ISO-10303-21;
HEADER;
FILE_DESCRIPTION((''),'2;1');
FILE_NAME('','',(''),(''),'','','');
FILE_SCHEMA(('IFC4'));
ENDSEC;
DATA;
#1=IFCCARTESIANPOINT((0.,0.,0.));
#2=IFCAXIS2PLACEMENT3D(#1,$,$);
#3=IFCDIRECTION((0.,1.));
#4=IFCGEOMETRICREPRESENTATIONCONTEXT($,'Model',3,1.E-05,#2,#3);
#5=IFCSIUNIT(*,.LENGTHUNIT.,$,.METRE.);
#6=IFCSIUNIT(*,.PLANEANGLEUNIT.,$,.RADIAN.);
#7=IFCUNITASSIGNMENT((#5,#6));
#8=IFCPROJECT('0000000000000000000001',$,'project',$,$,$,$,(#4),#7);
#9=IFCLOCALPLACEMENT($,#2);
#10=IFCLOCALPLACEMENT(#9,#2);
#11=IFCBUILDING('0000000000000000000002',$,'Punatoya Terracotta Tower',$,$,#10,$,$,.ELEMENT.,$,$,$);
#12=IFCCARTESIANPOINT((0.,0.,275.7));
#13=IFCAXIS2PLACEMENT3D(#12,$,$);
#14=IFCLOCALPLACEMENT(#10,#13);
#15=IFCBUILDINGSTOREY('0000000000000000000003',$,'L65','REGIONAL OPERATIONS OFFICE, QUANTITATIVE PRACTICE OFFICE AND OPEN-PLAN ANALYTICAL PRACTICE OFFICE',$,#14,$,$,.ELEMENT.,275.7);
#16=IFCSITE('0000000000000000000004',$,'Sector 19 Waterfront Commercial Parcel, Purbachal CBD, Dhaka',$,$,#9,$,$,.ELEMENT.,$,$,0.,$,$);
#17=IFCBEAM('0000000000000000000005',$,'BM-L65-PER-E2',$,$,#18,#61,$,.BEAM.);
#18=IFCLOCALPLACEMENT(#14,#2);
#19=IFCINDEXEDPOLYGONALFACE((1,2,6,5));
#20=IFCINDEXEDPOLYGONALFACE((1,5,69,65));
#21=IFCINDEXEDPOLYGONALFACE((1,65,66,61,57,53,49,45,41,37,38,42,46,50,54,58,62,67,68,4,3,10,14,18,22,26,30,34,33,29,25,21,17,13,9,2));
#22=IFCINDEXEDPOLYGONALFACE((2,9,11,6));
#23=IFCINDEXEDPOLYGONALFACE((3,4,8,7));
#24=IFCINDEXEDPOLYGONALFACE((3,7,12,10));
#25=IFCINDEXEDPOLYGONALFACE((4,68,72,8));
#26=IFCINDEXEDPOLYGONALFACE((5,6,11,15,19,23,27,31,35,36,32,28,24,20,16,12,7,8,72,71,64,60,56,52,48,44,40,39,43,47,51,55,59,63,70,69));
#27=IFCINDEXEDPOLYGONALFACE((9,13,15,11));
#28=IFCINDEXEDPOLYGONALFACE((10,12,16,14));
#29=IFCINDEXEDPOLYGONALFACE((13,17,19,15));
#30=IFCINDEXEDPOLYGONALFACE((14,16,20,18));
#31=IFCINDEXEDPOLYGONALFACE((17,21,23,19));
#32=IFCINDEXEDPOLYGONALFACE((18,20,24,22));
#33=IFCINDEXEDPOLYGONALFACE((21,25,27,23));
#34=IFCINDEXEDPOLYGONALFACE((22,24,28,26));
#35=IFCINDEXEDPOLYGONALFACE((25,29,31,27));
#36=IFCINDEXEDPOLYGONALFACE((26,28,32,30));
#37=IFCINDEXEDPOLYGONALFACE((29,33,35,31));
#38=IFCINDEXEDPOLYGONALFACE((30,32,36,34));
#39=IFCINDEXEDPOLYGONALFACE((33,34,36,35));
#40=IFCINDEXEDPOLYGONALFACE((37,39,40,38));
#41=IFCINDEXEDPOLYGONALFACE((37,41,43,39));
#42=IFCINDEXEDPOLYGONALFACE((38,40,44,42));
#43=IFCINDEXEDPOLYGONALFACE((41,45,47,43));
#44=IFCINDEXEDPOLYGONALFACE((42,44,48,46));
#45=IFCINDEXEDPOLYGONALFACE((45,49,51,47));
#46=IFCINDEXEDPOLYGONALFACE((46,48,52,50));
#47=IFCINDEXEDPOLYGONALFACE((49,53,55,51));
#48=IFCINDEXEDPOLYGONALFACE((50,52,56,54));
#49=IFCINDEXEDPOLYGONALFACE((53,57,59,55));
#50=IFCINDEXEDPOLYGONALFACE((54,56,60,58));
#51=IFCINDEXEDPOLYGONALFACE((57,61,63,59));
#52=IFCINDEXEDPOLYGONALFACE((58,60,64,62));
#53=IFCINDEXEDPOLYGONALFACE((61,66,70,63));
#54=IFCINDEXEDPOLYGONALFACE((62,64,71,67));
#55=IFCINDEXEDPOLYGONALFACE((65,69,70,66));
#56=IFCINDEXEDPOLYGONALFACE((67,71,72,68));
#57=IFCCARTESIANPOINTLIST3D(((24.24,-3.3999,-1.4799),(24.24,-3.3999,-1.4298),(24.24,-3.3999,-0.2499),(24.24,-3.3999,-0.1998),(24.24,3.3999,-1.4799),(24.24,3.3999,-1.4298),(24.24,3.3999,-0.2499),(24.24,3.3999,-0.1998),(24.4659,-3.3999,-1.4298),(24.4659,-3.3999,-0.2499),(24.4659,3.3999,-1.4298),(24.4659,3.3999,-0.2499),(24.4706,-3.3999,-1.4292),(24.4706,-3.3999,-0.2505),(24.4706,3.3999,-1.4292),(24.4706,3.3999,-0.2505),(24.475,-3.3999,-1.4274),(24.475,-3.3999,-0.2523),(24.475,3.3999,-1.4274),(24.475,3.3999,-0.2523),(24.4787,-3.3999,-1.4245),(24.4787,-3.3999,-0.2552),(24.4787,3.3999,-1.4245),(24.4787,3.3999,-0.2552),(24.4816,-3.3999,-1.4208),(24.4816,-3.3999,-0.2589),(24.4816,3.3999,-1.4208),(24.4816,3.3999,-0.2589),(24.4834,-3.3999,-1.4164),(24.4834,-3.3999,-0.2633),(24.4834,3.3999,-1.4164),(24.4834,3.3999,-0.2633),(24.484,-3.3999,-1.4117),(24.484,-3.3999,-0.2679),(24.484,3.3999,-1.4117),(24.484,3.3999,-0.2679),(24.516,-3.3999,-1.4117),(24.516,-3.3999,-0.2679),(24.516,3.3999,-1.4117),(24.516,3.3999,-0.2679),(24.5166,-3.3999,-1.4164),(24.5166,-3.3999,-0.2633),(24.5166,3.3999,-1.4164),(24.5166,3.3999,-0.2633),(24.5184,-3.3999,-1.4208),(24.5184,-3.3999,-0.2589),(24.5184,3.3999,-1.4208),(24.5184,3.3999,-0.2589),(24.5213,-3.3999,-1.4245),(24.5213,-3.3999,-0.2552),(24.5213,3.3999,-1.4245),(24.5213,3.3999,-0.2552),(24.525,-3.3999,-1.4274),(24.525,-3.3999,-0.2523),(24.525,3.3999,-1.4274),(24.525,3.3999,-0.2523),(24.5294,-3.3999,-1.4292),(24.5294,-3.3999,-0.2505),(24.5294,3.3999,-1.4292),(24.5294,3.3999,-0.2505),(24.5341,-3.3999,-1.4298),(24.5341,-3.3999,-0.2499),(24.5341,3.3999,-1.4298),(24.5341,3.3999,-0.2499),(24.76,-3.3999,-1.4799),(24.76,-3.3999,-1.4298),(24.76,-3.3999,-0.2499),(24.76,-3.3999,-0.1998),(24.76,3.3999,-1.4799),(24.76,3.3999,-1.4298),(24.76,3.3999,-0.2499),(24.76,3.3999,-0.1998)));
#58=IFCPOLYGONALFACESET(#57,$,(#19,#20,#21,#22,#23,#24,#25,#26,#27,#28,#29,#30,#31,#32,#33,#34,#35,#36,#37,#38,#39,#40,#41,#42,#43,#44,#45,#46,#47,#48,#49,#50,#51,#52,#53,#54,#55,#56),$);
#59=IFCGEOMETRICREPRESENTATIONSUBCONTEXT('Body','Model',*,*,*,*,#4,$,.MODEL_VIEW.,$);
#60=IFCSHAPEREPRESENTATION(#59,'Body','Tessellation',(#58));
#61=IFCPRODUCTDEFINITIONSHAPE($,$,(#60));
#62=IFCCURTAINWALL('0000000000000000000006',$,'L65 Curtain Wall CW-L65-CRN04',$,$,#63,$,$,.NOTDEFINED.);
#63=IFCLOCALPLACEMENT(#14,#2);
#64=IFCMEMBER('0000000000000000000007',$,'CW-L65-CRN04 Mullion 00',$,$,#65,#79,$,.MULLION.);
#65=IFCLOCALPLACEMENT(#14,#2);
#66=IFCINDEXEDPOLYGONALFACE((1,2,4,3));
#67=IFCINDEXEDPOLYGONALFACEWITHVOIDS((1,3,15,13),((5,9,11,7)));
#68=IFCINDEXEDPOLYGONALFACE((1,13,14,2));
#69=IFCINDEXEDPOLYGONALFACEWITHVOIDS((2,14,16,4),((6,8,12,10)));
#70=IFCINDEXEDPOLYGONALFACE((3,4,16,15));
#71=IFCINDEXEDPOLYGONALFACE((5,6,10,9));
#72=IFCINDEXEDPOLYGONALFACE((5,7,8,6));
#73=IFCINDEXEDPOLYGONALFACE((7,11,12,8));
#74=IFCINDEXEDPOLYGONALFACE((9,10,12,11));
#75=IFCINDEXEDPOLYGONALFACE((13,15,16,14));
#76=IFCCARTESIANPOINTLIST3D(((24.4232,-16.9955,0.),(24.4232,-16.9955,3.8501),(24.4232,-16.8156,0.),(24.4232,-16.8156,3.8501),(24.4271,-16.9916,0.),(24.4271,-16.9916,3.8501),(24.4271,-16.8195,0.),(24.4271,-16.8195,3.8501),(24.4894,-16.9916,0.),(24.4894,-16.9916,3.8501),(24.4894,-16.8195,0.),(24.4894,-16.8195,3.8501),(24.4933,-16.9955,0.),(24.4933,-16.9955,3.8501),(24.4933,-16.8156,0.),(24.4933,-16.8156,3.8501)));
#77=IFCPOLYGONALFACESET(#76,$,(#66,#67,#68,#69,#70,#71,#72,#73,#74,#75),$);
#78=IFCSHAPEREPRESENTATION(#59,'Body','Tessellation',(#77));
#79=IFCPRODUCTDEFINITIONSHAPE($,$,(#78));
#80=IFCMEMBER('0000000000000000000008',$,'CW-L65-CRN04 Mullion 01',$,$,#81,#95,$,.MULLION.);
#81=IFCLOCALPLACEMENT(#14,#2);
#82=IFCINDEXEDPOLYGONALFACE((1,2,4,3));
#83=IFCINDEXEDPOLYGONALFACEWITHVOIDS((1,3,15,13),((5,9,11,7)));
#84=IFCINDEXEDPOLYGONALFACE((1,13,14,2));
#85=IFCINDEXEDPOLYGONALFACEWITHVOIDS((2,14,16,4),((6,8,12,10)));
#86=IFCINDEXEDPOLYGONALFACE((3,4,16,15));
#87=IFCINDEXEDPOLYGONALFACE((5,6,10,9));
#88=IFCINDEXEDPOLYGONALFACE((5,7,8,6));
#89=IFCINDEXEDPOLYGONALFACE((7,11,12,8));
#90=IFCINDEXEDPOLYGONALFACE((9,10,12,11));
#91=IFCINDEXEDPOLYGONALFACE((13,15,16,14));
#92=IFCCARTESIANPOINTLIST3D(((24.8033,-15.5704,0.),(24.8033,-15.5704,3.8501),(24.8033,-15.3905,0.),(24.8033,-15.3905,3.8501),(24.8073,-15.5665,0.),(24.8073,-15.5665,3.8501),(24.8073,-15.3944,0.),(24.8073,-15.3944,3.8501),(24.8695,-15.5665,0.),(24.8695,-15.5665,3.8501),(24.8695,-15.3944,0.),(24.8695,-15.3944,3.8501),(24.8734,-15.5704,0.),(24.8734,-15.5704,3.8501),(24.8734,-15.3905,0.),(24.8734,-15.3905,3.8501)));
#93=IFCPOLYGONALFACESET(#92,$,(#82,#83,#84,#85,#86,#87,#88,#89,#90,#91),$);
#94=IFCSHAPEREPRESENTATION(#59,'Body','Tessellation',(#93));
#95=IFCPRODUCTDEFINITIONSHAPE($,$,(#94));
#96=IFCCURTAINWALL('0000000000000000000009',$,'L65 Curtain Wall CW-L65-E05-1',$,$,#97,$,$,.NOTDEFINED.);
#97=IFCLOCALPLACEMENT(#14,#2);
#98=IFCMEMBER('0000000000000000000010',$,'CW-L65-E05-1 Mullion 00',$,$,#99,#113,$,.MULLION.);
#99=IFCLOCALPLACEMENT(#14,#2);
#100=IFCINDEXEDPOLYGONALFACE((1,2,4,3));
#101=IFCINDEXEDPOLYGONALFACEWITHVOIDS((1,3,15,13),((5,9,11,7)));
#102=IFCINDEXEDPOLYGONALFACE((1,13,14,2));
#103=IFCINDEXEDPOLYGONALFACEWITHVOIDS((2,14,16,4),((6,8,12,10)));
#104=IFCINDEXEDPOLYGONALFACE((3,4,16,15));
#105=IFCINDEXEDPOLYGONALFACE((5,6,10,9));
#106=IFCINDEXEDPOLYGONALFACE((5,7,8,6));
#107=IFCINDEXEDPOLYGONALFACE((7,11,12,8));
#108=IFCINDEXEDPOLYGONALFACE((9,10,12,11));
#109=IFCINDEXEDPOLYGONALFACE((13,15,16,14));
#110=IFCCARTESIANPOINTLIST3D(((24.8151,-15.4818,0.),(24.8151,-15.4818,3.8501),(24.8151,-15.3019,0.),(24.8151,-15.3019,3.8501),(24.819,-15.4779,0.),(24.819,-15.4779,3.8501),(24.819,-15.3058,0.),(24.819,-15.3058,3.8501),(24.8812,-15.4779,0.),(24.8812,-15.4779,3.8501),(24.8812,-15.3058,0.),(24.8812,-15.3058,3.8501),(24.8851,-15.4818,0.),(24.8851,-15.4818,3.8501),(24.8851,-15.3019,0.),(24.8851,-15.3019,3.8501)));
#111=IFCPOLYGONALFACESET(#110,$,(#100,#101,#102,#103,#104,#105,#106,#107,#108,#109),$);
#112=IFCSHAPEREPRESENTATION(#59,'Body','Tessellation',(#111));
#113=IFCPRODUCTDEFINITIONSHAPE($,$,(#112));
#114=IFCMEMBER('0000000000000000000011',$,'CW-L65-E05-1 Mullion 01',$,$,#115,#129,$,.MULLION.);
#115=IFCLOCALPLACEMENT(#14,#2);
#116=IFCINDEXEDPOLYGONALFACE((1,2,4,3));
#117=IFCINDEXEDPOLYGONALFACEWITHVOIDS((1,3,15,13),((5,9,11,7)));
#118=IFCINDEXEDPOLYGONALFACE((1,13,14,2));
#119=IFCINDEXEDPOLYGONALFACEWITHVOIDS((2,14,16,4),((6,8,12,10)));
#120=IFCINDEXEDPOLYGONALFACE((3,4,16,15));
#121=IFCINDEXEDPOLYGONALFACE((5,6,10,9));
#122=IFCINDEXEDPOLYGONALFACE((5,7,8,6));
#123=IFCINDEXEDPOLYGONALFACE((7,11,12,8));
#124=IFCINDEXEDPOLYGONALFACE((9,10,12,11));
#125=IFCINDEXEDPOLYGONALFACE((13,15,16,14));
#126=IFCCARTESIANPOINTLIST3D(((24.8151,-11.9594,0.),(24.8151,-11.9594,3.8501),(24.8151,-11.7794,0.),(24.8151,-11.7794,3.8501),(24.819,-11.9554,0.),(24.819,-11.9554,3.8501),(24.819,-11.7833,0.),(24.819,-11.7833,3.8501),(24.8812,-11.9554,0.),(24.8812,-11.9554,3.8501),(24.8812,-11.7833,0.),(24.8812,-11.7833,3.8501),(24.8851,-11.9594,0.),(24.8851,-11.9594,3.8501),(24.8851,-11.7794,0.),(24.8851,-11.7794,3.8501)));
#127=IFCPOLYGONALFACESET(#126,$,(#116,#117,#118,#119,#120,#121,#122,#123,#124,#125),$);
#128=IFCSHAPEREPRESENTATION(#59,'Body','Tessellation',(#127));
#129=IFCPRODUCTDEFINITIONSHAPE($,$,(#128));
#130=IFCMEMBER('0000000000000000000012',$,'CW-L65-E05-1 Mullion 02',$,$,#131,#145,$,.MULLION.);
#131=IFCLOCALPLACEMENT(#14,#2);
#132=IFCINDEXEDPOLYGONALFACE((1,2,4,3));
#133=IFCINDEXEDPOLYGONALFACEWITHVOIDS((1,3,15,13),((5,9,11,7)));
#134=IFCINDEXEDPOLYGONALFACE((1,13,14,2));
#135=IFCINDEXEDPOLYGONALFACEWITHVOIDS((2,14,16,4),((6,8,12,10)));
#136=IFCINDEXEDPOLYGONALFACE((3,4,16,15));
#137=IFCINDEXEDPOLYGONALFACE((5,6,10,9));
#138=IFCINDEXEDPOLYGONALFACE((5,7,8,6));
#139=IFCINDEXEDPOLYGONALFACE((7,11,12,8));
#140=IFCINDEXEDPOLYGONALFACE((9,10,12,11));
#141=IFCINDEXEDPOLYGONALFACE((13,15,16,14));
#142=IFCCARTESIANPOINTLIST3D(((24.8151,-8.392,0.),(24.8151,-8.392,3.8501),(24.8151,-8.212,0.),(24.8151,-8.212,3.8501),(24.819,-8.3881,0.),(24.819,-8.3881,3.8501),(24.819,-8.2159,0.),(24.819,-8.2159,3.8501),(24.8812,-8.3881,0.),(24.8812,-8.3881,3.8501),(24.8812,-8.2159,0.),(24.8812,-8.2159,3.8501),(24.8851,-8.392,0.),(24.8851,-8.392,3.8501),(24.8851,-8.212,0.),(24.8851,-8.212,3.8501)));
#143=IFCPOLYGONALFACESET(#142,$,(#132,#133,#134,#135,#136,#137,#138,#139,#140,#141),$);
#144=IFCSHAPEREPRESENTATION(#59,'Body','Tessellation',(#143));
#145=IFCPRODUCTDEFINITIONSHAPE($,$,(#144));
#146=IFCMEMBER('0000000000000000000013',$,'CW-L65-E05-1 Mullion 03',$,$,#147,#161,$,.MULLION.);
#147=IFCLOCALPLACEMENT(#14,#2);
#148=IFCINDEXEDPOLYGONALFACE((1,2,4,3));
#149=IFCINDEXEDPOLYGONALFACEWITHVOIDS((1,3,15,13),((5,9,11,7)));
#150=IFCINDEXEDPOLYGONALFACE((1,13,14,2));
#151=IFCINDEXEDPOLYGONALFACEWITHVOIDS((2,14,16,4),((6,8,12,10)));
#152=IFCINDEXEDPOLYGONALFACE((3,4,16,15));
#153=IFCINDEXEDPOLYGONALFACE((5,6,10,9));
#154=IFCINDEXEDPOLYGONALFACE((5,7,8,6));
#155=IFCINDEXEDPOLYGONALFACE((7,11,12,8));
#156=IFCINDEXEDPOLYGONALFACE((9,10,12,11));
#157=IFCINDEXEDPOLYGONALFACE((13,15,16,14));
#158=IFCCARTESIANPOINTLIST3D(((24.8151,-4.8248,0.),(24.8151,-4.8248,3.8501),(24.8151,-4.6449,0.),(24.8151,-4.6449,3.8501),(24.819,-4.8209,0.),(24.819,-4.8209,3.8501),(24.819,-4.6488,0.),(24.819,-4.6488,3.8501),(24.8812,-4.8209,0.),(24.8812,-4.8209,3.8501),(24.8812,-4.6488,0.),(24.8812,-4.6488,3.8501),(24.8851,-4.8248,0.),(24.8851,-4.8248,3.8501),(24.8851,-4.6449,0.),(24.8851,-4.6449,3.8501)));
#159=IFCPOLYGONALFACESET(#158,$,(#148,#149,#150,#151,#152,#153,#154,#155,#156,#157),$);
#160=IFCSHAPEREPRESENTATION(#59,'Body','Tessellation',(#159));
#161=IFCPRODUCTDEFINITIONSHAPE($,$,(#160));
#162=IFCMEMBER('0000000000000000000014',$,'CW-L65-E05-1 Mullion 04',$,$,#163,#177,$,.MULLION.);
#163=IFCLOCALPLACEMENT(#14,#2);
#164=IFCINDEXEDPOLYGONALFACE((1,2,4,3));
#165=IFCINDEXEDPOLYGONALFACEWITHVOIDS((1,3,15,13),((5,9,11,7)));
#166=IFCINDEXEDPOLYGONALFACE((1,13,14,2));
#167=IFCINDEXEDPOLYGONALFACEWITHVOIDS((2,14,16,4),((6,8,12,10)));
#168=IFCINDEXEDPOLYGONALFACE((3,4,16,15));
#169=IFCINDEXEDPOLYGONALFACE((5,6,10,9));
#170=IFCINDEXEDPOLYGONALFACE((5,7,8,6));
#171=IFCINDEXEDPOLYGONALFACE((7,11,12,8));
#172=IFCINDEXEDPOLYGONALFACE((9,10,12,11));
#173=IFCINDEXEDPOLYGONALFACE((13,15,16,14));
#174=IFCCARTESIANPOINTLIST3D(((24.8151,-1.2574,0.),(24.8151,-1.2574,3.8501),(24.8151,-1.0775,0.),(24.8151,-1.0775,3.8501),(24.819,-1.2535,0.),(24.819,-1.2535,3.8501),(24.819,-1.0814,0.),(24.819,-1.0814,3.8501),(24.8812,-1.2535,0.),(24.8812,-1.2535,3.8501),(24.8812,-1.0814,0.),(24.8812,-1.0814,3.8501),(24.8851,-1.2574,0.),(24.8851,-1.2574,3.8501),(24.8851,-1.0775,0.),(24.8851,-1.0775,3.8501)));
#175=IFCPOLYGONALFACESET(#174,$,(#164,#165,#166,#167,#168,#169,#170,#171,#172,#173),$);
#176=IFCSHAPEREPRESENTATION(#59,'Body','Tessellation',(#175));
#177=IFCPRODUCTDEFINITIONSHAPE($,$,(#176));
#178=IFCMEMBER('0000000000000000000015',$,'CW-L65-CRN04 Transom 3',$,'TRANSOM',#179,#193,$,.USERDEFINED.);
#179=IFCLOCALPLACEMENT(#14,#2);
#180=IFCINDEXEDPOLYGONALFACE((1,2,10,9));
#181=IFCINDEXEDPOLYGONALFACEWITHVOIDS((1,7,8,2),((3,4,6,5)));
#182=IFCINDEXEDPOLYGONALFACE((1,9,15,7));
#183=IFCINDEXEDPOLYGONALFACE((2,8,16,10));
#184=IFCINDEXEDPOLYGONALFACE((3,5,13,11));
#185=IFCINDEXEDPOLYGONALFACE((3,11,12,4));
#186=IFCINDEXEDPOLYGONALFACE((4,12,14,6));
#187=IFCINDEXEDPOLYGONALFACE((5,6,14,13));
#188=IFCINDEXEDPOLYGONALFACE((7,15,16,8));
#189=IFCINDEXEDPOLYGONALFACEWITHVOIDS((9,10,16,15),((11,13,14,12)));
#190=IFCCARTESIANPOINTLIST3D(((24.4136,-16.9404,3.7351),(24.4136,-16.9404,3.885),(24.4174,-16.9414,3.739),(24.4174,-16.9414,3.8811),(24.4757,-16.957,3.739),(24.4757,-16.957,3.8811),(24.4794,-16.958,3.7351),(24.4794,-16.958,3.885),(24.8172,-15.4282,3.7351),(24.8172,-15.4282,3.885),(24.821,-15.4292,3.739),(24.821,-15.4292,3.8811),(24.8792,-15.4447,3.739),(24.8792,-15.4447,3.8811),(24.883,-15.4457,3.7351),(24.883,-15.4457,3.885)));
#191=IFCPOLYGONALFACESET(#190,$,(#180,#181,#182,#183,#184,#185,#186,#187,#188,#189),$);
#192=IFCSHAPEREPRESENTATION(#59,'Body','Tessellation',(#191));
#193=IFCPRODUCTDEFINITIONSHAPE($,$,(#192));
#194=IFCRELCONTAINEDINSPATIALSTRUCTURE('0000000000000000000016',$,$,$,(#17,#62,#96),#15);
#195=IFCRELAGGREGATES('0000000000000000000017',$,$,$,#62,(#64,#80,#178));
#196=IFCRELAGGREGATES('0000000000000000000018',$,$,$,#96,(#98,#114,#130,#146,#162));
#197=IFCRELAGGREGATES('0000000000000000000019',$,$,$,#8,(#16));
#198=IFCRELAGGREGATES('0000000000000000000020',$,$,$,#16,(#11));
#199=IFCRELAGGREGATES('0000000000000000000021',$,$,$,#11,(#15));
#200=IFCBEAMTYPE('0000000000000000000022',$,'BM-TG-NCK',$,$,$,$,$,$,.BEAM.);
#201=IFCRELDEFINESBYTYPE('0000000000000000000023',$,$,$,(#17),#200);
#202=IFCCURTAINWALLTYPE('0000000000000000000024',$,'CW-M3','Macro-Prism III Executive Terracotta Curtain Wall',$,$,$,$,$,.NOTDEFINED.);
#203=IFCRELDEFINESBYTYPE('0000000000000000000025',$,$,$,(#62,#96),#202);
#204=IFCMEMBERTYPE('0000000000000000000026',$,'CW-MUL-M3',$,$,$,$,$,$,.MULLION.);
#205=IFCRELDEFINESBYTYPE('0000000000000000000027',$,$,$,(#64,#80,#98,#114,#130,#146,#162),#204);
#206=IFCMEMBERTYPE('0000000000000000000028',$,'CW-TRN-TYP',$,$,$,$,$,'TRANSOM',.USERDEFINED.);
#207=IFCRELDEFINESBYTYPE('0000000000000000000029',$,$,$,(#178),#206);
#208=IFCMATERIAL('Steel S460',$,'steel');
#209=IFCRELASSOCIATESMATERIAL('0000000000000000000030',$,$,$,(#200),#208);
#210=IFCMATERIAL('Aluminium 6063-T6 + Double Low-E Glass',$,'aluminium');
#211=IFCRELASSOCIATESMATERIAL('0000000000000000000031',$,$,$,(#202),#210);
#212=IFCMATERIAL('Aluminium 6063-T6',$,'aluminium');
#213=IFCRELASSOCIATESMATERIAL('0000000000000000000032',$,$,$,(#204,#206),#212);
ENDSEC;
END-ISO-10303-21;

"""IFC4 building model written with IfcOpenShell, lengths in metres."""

from ifc_helpers import new_model, si_unit, direction, frame, origin, origin_2d, place, context, subcontext, project, spatial, hollow_rectangle, i_section, extrude, material, material_profile, profile_set, type_object, element, aggregate, save


model = new_model("IFC4")

# Units and contexts
model_context = context("Model", 3, precision=1e-05, world=origin(), true_north=direction((0.0, 1.0)))
body_context = subcontext(model_context, "Body", "Model", "MODEL_VIEW")
ifc_project = project(units=[si_unit("LENGTHUNIT", "METRE"), si_unit("PLANEANGLEUNIT", "RADIAN")], contexts=[model_context])

# Site, building, storey
site_placement = place(None, origin())
site = spatial("IfcSite", under=ifc_project, at=site_placement, Name="Sector 19 Waterfront Commercial Parcel, Purbachal CBD, Dhaka", CompositionType="ELEMENT", RefElevation=0.0)
building_placement = place(site_placement, origin())
building = spatial("IfcBuilding", under=site, at=building_placement, Name="Punatoya Terracotta Tower", CompositionType="ELEMENT")
storey_placement = place(building_placement, frame((0.0, 0.0, 275.7)))
storey = spatial("IfcBuildingStorey", under=building, at=storey_placement, Name="L65", Description="REGIONAL OPERATIONS OFFICE, QUANTITATIVE PRACTICE OFFICE AND OPEN-PLAN ANALYTICAL PRACTICE OFFICE", CompositionType="ELEMENT", Elevation=275.7)

# Shared definitions
ifc_material_1 = material(Name="Steel S460", Category="steel")

# Beam
ifc_material_profile_1 = material_profile(ifc_material_1, i_section(OverallWidth=0.52, OverallDepth=1.28, WebThickness=0.032, FlangeThickness=0.05, FilletRadius=0.0181, at=origin_2d()))
ifc_profile_set_1 = profile_set([ifc_material_profile_1], Name="Steel S460")
beam_type_1 = type_object("IfcBeamType", Name="BM-TG-NCK", PredefinedType="BEAM", material=ifc_profile_set_1)
beam_1_placement = place(storey_placement, frame((24.5, -3.3999, -0.8398), z_axis=(0.0, 1.0, 0.0), x_axis=(-1.0, 0.0, 0.0)))
element("IfcBeam", 1, at=beam_1_placement, inside=storey, type_object=beam_type_1, Name="BM-L65-PER-E2", PredefinedType="BEAM", context=body_context, shape_type="SweptSolid", body=[
    extrude(i_section(OverallWidth=0.52, OverallDepth=1.28, WebThickness=0.032, FlangeThickness=0.05, FilletRadius=0.0181, at=origin_2d()), origin(), (0.0, 0.0, 1.0), 6.7998),
])

# Curtain walls, members
ifc_material_2 = material(Name="Aluminium 6063-T6 + Double Low-E Glass", Category="aluminium")
curtain_wall_type = type_object("IfcCurtainWallType", Name="CW-M3", Description="Macro-Prism III Executive Terracotta Curtain Wall", PredefinedType="NOTDEFINED", material=ifc_material_2)
curtain_wall_1_placement = place(storey_placement, origin())
curtain_wall_1 = element("IfcCurtainWall", 2, at=curtain_wall_1_placement, inside=storey, type_object=curtain_wall_type, Name="L65 Curtain Wall CW-L65-CRN04", PredefinedType="NOTDEFINED")
ifc_material_3 = material(Name="Aluminium 6063-T6", Category="aluminium")
ifc_material_profile_2 = material_profile(ifc_material_3, hollow_rectangle(XDim=0.0701, YDim=0.1799, WallThickness=0.0039, at=origin_2d()))
ifc_profile_set_2 = profile_set([ifc_material_profile_2], Name="Aluminium 6063-T6")
member_type_1 = type_object("IfcMemberType", Name="CW-MUL-M3", PredefinedType="MULLION", material=ifc_profile_set_2)
member_1_placement = place(storey_placement, frame((24.4583, -16.9055, 0.0), z_axis=(0.0, 0.0, 1.0), x_axis=(1.0, 0.0, 0.0)))
member_1 = element("IfcMember", 3, at=member_1_placement, type_object=member_type_1, Name="CW-L65-CRN04 Mullion 00", PredefinedType="MULLION", context=body_context, shape_type="SweptSolid", body=[
    extrude(hollow_rectangle(XDim=0.0701, YDim=0.1799, WallThickness=0.0039, at=origin_2d()), origin(), (0.0, 0.0, 1.0), 3.8501),
])
member_2_placement = place(storey_placement, frame((24.8384, -15.4805, 0.0), z_axis=(0.0, 0.0, 1.0), x_axis=(1.0, 0.0, 0.0)))
member_2 = element("IfcMember", 4, at=member_2_placement, type_object=member_type_1, Name="CW-L65-CRN04 Mullion 01", PredefinedType="MULLION", context=body_context, shape_type="SweptSolid", body=[
    extrude(hollow_rectangle(XDim=0.0701, YDim=0.1799, WallThickness=0.0039, at=origin_2d()), origin(), (0.0, 0.0, 1.0), 3.8501),
])
curtain_wall_2_placement = place(storey_placement, origin())
curtain_wall_2 = element("IfcCurtainWall", 5, at=curtain_wall_2_placement, inside=storey, type_object=curtain_wall_type, Name="L65 Curtain Wall CW-L65-E05-1", PredefinedType="NOTDEFINED")
member_3_placement = place(storey_placement, frame((24.8501, -15.3918, 0.0), z_axis=(0.0, 0.0, 1.0), x_axis=(1.0, 0.0, 0.0)))
member_3 = element("IfcMember", 6, at=member_3_placement, type_object=member_type_1, Name="CW-L65-E05-1 Mullion 00", PredefinedType="MULLION", context=body_context, shape_type="SweptSolid", body=[
    extrude(hollow_rectangle(XDim=0.0701, YDim=0.1799, WallThickness=0.0039, at=origin_2d()), origin(), (0.0, 0.0, 1.0), 3.8501),
])
member_4_placement = place(storey_placement, frame((24.8501, -11.8694, 0.0), z_axis=(0.0, 0.0, 1.0), x_axis=(1.0, 0.0, 0.0)))
member_4 = element("IfcMember", 7, at=member_4_placement, type_object=member_type_1, Name="CW-L65-E05-1 Mullion 01", PredefinedType="MULLION", context=body_context, shape_type="SweptSolid", body=[
    extrude(hollow_rectangle(XDim=0.0701, YDim=0.1799, WallThickness=0.0039, at=origin_2d()), origin(), (0.0, 0.0, 1.0), 3.8501),
])
member_5_placement = place(storey_placement, frame((24.8501, -8.302, 0.0), z_axis=(0.0, 0.0, 1.0), x_axis=(1.0, 0.0, 0.0)))
member_5 = element("IfcMember", 8, at=member_5_placement, type_object=member_type_1, Name="CW-L65-E05-1 Mullion 02", PredefinedType="MULLION", context=body_context, shape_type="SweptSolid", body=[
    extrude(hollow_rectangle(XDim=0.0701, YDim=0.1799, WallThickness=0.0039, at=origin_2d()), origin(), (0.0, 0.0, 1.0), 3.8501),
])
member_6_placement = place(storey_placement, frame((24.8501, -4.7349, 0.0), z_axis=(0.0, 0.0, 1.0), x_axis=(1.0, 0.0, 0.0)))
member_6 = element("IfcMember", 9, at=member_6_placement, type_object=member_type_1, Name="CW-L65-E05-1 Mullion 03", PredefinedType="MULLION", context=body_context, shape_type="SweptSolid", body=[
    extrude(hollow_rectangle(XDim=0.0701, YDim=0.1799, WallThickness=0.0039, at=origin_2d()), origin(), (0.0, 0.0, 1.0), 3.8501),
])
member_7_placement = place(storey_placement, frame((24.8501, -1.1675, 0.0), z_axis=(0.0, 0.0, 1.0), x_axis=(1.0, 0.0, 0.0)))
member_7 = element("IfcMember", 10, at=member_7_placement, type_object=member_type_1, Name="CW-L65-E05-1 Mullion 04", PredefinedType="MULLION", context=body_context, shape_type="SweptSolid", body=[
    extrude(hollow_rectangle(XDim=0.0701, YDim=0.1799, WallThickness=0.0039, at=origin_2d()), origin(), (0.0, 0.0, 1.0), 3.8501),
])

# Member
ifc_material_profile_3 = material_profile(ifc_material_3, hollow_rectangle(XDim=0.0681, YDim=0.1499, WallThickness=0.0039, at=origin_2d()))
ifc_profile_set_3 = profile_set([ifc_material_profile_3], Name="Aluminium 6063-T6")
member_type_2 = type_object("IfcMemberType", Name="CW-TRN-TYP", ElementType="TRANSOM", PredefinedType="USERDEFINED", material=ifc_profile_set_3)
member_8_placement = place(storey_placement, frame((24.4465, -16.9492, 3.8101), z_axis=(0.257847, 0.966186, 0.0), x_axis=(-0.966186, 0.257847, 0.0)))
member_8 = element("IfcMember", 11, at=member_8_placement, type_object=member_type_2, Name="CW-L65-CRN04 Transom 3", ObjectType="TRANSOM", PredefinedType="USERDEFINED", context=body_context, shape_type="SweptSolid", body=[
    extrude(hollow_rectangle(XDim=0.0681, YDim=0.1499, WallThickness=0.0039, at=origin_2d()), origin(), (0.0, 0.0, 1.0), 1.5652),
])

aggregate(curtain_wall_1, [member_1, member_2, member_8])
aggregate(curtain_wall_2, [member_3, member_4, member_5, member_6, member_7])

save(model, "model.ifc")
